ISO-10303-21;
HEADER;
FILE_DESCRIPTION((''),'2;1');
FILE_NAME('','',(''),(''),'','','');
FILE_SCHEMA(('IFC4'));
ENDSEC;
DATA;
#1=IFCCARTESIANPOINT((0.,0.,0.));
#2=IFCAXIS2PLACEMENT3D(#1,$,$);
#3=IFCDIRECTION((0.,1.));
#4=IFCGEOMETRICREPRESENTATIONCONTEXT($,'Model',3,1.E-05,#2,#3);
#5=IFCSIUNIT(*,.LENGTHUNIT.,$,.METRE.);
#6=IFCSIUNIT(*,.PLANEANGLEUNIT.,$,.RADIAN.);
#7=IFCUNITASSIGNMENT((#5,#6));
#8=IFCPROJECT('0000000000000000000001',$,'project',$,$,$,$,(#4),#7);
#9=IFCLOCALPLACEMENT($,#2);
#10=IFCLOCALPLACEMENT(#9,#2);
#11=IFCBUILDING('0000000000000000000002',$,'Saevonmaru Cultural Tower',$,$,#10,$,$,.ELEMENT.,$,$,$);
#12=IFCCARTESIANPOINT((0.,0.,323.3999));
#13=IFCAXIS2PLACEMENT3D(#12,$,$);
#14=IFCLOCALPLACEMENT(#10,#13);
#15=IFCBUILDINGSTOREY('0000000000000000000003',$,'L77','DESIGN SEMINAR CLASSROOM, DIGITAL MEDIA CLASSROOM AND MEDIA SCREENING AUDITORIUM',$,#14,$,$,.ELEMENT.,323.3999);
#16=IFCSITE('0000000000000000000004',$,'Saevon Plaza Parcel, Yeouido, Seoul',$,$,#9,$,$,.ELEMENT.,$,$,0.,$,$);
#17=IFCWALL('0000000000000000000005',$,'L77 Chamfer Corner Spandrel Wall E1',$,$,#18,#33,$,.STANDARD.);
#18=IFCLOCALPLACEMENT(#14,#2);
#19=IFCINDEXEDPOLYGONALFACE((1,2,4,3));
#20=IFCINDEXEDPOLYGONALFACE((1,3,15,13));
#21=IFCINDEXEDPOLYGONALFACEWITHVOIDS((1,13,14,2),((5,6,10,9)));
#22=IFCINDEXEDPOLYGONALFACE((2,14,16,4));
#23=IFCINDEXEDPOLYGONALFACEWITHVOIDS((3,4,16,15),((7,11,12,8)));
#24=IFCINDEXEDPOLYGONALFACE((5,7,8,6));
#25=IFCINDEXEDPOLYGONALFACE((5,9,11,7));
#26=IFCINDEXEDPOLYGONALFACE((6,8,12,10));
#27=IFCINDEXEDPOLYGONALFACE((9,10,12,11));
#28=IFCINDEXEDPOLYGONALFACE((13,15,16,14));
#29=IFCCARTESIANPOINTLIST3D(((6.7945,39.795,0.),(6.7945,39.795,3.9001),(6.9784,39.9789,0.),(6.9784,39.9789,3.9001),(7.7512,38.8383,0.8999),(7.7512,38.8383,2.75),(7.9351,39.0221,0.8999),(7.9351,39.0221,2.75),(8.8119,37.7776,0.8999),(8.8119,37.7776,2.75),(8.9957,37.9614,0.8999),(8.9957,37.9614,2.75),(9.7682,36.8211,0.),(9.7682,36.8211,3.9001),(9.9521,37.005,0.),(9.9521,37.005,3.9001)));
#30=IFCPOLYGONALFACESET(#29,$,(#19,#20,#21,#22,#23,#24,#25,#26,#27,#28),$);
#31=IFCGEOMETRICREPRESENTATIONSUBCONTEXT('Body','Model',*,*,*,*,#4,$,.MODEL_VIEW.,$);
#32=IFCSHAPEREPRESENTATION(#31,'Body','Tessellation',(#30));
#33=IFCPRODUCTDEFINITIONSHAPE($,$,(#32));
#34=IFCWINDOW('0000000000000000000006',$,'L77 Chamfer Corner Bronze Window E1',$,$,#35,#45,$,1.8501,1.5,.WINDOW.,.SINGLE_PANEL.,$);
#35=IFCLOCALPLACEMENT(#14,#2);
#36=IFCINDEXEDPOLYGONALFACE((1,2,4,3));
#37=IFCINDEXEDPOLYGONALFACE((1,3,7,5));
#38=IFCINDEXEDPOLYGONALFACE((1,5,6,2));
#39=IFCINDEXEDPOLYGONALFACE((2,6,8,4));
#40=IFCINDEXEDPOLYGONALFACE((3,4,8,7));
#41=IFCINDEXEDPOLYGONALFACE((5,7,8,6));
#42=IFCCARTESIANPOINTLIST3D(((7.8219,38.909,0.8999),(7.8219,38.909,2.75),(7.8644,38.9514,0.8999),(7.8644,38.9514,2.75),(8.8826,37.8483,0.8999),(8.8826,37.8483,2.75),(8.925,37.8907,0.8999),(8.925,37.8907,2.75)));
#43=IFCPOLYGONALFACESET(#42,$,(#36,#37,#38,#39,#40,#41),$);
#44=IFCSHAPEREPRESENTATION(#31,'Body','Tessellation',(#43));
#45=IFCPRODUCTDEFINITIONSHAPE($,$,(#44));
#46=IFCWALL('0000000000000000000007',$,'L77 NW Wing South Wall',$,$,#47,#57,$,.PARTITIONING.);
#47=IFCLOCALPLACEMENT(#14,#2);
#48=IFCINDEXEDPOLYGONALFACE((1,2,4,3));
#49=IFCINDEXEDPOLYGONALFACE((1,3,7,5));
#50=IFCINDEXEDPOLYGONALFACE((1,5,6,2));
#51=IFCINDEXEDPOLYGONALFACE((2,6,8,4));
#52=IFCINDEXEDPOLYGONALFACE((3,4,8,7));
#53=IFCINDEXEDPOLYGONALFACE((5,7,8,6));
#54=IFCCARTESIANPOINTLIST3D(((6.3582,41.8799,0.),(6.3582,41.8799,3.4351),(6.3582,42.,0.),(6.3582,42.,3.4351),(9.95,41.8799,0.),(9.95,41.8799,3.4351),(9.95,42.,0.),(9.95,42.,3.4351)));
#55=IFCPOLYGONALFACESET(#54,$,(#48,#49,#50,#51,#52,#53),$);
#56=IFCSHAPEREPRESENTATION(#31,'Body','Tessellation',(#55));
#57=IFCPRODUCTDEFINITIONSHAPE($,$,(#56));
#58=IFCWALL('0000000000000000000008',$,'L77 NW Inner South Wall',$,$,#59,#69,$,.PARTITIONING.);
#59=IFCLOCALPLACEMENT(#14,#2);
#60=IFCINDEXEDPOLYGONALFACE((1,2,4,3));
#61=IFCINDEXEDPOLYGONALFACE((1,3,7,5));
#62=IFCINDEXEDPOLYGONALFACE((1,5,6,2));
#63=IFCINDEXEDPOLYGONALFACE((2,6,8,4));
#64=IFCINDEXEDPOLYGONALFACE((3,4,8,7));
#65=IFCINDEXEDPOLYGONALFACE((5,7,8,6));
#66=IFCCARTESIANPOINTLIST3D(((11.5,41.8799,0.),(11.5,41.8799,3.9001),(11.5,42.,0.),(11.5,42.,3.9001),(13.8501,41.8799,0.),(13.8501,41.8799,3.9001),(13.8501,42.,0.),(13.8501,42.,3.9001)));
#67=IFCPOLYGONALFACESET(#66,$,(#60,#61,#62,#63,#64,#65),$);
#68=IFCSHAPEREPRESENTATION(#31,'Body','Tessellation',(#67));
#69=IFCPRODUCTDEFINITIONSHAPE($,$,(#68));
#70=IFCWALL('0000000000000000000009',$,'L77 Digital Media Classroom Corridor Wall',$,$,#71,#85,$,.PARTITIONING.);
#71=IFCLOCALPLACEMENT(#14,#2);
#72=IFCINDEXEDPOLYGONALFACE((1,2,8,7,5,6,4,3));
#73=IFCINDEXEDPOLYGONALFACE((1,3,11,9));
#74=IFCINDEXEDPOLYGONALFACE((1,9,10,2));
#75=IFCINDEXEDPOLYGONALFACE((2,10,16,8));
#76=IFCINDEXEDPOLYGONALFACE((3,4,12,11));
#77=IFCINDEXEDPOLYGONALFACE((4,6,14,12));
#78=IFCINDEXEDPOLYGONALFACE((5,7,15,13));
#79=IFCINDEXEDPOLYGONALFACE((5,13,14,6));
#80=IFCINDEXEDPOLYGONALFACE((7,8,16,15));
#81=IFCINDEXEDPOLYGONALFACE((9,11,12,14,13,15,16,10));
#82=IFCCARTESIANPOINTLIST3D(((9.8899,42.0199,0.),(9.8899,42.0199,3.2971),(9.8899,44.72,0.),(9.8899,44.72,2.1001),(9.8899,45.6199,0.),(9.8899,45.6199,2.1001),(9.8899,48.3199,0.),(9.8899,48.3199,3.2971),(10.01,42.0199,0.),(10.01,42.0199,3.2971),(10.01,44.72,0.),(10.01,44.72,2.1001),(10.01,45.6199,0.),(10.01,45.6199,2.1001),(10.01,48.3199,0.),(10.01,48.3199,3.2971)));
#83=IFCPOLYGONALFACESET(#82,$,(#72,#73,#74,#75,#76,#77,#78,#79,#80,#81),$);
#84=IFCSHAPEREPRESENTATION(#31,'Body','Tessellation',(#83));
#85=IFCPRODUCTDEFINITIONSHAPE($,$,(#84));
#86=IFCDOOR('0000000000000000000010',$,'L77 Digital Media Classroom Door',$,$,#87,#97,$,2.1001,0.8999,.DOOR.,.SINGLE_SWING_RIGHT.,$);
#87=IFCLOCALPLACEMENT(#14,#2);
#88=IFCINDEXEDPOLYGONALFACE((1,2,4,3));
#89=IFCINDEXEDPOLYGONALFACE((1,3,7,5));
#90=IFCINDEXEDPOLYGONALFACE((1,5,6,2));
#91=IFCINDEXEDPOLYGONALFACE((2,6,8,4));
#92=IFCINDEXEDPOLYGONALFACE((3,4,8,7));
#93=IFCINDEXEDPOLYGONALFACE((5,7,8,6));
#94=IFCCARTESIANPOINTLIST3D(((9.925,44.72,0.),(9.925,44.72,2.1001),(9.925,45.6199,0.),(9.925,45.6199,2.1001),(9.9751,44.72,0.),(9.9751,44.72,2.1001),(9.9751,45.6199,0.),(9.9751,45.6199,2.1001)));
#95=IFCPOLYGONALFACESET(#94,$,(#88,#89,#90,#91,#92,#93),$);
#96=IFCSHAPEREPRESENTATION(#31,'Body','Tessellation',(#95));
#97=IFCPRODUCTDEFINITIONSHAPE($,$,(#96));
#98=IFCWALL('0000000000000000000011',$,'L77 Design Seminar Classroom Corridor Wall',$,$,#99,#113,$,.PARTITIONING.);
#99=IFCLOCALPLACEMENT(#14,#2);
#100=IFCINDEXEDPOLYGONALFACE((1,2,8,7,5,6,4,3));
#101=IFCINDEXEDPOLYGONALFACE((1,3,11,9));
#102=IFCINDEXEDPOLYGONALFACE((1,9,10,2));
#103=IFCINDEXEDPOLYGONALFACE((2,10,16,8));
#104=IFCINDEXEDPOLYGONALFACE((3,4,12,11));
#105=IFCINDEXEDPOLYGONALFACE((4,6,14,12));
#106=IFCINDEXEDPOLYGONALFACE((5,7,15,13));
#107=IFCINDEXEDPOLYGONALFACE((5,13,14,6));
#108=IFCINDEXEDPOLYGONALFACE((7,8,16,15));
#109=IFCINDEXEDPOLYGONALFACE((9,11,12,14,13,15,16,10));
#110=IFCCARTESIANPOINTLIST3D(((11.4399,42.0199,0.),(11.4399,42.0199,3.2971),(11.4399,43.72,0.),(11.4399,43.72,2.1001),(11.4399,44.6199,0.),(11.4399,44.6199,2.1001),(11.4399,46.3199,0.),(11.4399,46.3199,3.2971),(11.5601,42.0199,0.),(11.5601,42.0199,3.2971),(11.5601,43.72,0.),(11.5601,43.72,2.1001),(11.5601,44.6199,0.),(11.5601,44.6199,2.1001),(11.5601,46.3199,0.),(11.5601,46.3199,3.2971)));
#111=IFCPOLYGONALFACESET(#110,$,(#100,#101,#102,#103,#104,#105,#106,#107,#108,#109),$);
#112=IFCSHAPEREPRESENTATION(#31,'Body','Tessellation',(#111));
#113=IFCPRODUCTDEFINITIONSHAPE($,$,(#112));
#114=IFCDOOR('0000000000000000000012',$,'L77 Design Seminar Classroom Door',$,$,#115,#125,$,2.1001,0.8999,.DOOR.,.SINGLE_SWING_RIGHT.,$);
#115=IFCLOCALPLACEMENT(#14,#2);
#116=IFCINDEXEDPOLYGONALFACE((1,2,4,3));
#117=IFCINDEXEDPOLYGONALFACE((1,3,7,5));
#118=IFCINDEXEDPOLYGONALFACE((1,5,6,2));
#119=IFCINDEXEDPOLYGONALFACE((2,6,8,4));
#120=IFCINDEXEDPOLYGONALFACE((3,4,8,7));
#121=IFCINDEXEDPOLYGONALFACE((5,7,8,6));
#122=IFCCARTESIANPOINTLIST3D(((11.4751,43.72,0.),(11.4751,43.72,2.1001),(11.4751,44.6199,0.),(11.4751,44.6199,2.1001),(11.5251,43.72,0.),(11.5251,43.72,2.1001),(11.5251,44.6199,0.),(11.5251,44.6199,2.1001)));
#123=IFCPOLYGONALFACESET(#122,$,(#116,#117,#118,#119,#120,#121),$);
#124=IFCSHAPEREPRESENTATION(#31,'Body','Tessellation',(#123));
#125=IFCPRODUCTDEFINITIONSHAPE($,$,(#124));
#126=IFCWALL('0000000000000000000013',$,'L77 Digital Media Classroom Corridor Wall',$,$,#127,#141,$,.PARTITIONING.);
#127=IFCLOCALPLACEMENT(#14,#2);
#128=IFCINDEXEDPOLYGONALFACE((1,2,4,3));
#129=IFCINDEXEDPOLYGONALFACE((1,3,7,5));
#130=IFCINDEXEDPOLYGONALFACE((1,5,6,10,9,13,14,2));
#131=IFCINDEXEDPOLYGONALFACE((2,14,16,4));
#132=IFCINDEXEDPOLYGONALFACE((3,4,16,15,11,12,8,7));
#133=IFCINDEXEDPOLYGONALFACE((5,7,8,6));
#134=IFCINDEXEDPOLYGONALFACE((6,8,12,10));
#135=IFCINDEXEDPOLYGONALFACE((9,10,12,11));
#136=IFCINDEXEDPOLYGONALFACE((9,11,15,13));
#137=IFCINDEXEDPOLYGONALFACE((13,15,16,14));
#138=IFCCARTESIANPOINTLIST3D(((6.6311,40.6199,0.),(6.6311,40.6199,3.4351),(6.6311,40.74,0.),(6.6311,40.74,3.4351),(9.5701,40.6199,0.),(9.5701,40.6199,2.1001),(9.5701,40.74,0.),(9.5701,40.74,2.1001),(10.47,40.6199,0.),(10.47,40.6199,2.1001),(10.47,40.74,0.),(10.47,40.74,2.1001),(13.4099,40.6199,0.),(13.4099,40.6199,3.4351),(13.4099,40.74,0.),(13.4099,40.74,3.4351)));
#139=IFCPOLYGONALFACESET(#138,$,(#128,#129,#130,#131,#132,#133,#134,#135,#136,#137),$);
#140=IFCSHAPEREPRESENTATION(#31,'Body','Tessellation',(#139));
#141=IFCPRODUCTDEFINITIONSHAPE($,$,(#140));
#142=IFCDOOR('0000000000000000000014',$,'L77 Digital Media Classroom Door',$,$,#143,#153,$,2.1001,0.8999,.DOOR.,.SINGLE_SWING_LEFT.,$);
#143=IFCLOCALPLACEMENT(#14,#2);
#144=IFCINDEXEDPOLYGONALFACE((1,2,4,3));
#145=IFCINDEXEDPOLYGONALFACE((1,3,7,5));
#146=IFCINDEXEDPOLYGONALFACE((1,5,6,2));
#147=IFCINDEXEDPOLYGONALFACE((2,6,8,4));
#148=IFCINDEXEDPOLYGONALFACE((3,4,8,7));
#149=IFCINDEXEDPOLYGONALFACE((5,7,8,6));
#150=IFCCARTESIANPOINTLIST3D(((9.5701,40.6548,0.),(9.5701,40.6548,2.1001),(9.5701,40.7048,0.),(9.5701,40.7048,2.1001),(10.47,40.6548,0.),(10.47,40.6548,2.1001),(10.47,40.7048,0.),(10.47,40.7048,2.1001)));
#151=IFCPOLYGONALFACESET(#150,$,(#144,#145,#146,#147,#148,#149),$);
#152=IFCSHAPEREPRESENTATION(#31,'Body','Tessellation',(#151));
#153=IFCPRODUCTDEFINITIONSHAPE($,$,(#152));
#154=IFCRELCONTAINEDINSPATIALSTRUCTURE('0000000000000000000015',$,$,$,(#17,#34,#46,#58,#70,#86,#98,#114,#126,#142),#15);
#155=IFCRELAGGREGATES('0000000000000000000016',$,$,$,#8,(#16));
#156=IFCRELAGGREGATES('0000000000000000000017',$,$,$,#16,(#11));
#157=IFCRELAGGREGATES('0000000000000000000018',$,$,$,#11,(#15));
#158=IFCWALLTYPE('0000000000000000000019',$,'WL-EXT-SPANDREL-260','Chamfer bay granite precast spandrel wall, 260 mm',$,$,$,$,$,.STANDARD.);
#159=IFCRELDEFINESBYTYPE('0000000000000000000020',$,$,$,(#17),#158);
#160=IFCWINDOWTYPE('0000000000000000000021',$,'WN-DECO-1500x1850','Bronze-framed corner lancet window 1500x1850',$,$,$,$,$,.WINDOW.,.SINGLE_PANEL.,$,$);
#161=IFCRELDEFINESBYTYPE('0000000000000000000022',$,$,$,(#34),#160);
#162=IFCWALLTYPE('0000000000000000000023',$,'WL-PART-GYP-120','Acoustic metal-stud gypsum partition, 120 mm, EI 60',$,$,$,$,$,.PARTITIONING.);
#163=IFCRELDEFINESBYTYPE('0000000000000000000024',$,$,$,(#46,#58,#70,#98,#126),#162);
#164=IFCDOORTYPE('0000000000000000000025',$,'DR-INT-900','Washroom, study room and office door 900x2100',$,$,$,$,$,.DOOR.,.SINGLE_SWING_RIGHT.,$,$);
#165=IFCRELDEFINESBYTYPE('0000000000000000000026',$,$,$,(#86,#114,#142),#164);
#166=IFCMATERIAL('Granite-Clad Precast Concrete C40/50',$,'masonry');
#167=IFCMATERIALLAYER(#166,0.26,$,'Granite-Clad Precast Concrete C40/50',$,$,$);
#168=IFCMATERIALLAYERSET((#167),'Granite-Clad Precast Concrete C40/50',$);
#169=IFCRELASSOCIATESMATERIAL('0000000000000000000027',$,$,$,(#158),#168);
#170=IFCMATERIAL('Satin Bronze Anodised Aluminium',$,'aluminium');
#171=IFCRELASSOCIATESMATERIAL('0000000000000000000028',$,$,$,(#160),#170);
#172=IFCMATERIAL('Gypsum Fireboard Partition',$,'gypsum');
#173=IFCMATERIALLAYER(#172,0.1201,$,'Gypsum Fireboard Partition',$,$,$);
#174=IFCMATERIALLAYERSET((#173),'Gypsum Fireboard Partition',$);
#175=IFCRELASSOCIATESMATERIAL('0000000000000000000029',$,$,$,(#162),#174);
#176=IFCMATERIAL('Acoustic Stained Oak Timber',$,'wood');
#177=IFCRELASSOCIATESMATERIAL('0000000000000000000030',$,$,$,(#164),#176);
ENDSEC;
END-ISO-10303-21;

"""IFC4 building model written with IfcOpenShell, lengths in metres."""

from ifc_helpers import new_model, si_unit, direction, frame, frame_2d, origin, place, context, subcontext, project, spatial, rectangle, extrude, material, layer, layer_set, type_object, element, fill, save


model = new_model("IFC4")

# Units and contexts
model_context = context("Model", 3, precision=1e-05, world=origin(), true_north=direction((0.0, 1.0)))
body_context = subcontext(model_context, "Body", "Model", "MODEL_VIEW")
ifc_project = project(units=[si_unit("LENGTHUNIT", "METRE"), si_unit("PLANEANGLEUNIT", "RADIAN")], contexts=[model_context])

# Site, building, storey
site_placement = place(None, origin())
site = spatial("IfcSite", under=ifc_project, at=site_placement, Name="Saevon Plaza Parcel, Yeouido, Seoul", CompositionType="ELEMENT", RefElevation=0.0)
building_placement = place(site_placement, origin())
building = spatial("IfcBuilding", under=site, at=building_placement, Name="Saevonmaru Cultural Tower", CompositionType="ELEMENT")
storey_placement = place(building_placement, frame((0.0, 0.0, 323.3999)))
storey = spatial("IfcBuildingStorey", under=building, at=storey_placement, Name="L77", Description="DESIGN SEMINAR CLASSROOM, DIGITAL MEDIA CLASSROOM AND MEDIA SCREENING AUDITORIUM", CompositionType="ELEMENT", Elevation=323.3999)

# Shared definitions
ifc_material_1 = material(Name="Satin Bronze Anodised Aluminium", Category="aluminium")

# Wall, opening, window
ifc_material_2 = material(Name="Granite-Clad Precast Concrete C40/50", Category="masonry")
ifc_layer_1 = layer(ifc_material_2, 0.26, Name="Granite-Clad Precast Concrete C40/50")
ifc_layer_set_1 = layer_set([ifc_layer_1], Name="Granite-Clad Precast Concrete C40/50")
wall_type_1 = type_object("IfcWallType", Name="WL-EXT-SPANDREL-260", Description="Chamfer bay granite precast spandrel wall, 260 mm", PredefinedType="STANDARD", material=ifc_layer_set_1)
wall_1_placement = place(storey_placement, frame((6.8865, 39.887, 0.0), z_axis=(0.0, 0.0, 1.0), x_axis=(0.707078, -0.707136, 0.0)))
wall_1 = element("IfcWall", 1, at=wall_1_placement, inside=storey, type_object=wall_type_1, Name="L77 Chamfer Corner Spandrel Wall E1", PredefinedType="STANDARD", context=body_context, shape_type="SweptSolid", body=[
    extrude(rectangle(XDim=4.2056, YDim=0.26, at=frame_2d((2.1028, 0.0))), origin(), (0.0, 0.0, 1.0), 3.9001),
])
opening_1_placement = place(wall_1_placement, frame((1.353, 0.0, 0.8999)))
opening_1 = element("IfcOpeningElement", 2, at=opening_1_placement, cuts=wall_1, PredefinedType="OPENING", context=body_context, shape_type="SweptSolid", body=[
    extrude(rectangle(XDim=1.5, YDim=1.8501, at=frame_2d((0.75, 0.925))), frame((0.0, 0.1401, 0.0), z_axis=(0.0, -1.0, 0.0), x_axis=(1.0, 0.0, 0.0)), (0.0, 0.0, 1.0), 0.28),
])
window_type = type_object("IfcWindowType", Name="WN-DECO-1500x1850", Description="Bronze-framed corner lancet window 1500x1850", PartitioningType="SINGLE_PANEL", PredefinedType="WINDOW", material=ifc_material_1)
window_placement = place(opening_1_placement, origin())
window = element("IfcWindow", 3, at=window_placement, inside=storey, type_object=window_type, Name="L77 Chamfer Corner Bronze Window E1", OverallHeight=1.8501, OverallWidth=1.5, PartitioningType="SINGLE_PANEL", PredefinedType="WINDOW", context=body_context, shape_type="SweptSolid", body=[
    extrude(rectangle(XDim=1.5, YDim=1.8501, at=frame_2d((0.75, 0.925))), frame((0.0, 0.03, 0.0), z_axis=(0.0, -1.0, 0.0), x_axis=(1.0, 0.0, 0.0)), (0.0, 0.0, 1.0), 0.0601),
])
fill(opening_1, window)

# Walls
ifc_material_3 = material(Name="Gypsum Fireboard Partition", Category="gypsum")
ifc_layer_2 = layer(ifc_material_3, 0.1201, Name="Gypsum Fireboard Partition")
ifc_layer_set_2 = layer_set([ifc_layer_2], Name="Gypsum Fireboard Partition")
wall_type_2 = type_object("IfcWallType", Name="WL-PART-GYP-120", Description="Acoustic metal-stud gypsum partition, 120 mm, EI 60", PredefinedType="PARTITIONING", material=ifc_layer_set_2)
wall_2_placement = place(storey_placement, frame((6.3582, 41.9399, 0.0), z_axis=(0.0, 0.0, 1.0), x_axis=(1.0, 0.0, 0.0)))
element("IfcWall", 4, at=wall_2_placement, inside=storey, type_object=wall_type_2, Name="L77 NW Wing South Wall", PredefinedType="PARTITIONING", context=body_context, shape_type="SweptSolid", body=[
    extrude(rectangle(XDim=3.5918, YDim=0.1201, at=frame_2d((1.7959, 0.0))), origin(), (0.0, 0.0, 1.0), 3.4351),
])
wall_3_placement = place(storey_placement, frame((11.5, 41.9399, 0.0), z_axis=(0.0, 0.0, 1.0), x_axis=(1.0, 0.0, 0.0)))
element("IfcWall", 5, at=wall_3_placement, inside=storey, type_object=wall_type_2, Name="L77 NW Inner South Wall", PredefinedType="PARTITIONING", context=body_context, shape_type="SweptSolid", body=[
    extrude(rectangle(XDim=2.3501, YDim=0.1201, at=frame_2d((1.175, 0.0))), origin(), (0.0, 0.0, 1.0), 3.9001),
])

# Walls, openings, doors
wall_4_placement = place(storey_placement, frame((9.95, 42.02, 0.0), z_axis=(0.0, 0.0, 1.0), x_axis=(0.0, 1.0, 0.0)))
wall_4 = element("IfcWall", 6, at=wall_4_placement, inside=storey, type_object=wall_type_2, Name="L77 Digital Media Classroom Corridor Wall", PredefinedType="PARTITIONING", context=body_context, shape_type="SweptSolid", body=[
    extrude(rectangle(XDim=6.3, YDim=0.1201, at=frame_2d((3.1499, 0.0))), origin(), (0.0, 0.0, 1.0), 3.2971),
])
opening_2_placement = place(wall_4_placement, frame((2.7, 0.0, 0.0)))
opening_2 = element("IfcOpeningElement", 7, at=opening_2_placement, cuts=wall_4, PredefinedType="OPENING", context=body_context, shape_type="SweptSolid", body=[
    extrude(rectangle(XDim=0.8999, YDim=2.1001, at=frame_2d((0.45, 1.05))), frame((0.0, 0.0701, 0.0), z_axis=(0.0, -1.0, 0.0), x_axis=(1.0, 0.0, 0.0)), (0.0, 0.0, 1.0), 0.1401),
])
ifc_material_4 = material(Name="Acoustic Stained Oak Timber", Category="wood")
door_type = type_object("IfcDoorType", Name="DR-INT-900", Description="Washroom, study room and office door 900x2100", OperationType="SINGLE_SWING_RIGHT", PredefinedType="DOOR", material=ifc_material_4)
door_1_placement = place(opening_2_placement, origin())
door_1 = element("IfcDoor", 8, at=door_1_placement, inside=storey, type_object=door_type, Name="L77 Digital Media Classroom Door", OperationType="SINGLE_SWING_RIGHT", OverallHeight=2.1001, OverallWidth=0.8999, PredefinedType="DOOR", context=body_context, shape_type="SweptSolid", body=[
    extrude(rectangle(XDim=0.8999, YDim=2.1001, at=frame_2d((0.45, 1.05))), frame((0.0, 0.0249, 0.0), z_axis=(0.0, -1.0, 0.0), x_axis=(1.0, 0.0, 0.0)), (0.0, 0.0, 1.0), 0.05),
])
fill(opening_2, door_1)
wall_5_placement = place(storey_placement, frame((11.5, 42.02, 0.0), z_axis=(0.0, 0.0, 1.0), x_axis=(0.0, 1.0, 0.0)))
wall_5 = element("IfcWall", 9, at=wall_5_placement, inside=storey, type_object=wall_type_2, Name="L77 Design Seminar Classroom Corridor Wall", PredefinedType="PARTITIONING", context=body_context, shape_type="SweptSolid", body=[
    extrude(rectangle(XDim=4.3, YDim=0.1201, at=frame_2d((2.1499, 0.0))), origin(), (0.0, 0.0, 1.0), 3.2971),
])
opening_3_placement = place(wall_5_placement, frame((1.7, 0.0, 0.0)))
opening_3 = element("IfcOpeningElement", 10, at=opening_3_placement, cuts=wall_5, PredefinedType="OPENING", context=body_context, shape_type="SweptSolid", body=[
    extrude(rectangle(XDim=0.8999, YDim=2.1001, at=frame_2d((0.45, 1.05))), frame((0.0, 0.0701, 0.0), z_axis=(0.0, -1.0, 0.0), x_axis=(1.0, 0.0, 0.0)), (0.0, 0.0, 1.0), 0.1401),
])
door_2_placement = place(opening_3_placement, origin())
door_2 = element("IfcDoor", 11, at=door_2_placement, inside=storey, type_object=door_type, Name="L77 Design Seminar Classroom Door", OperationType="SINGLE_SWING_RIGHT", OverallHeight=2.1001, OverallWidth=0.8999, PredefinedType="DOOR", context=body_context, shape_type="SweptSolid", body=[
    extrude(rectangle(XDim=0.8999, YDim=2.1001, at=frame_2d((0.45, 1.05))), frame((0.0, 0.0249, 0.0), z_axis=(0.0, -1.0, 0.0), x_axis=(1.0, 0.0, 0.0)), (0.0, 0.0, 1.0), 0.05),
])
fill(opening_3, door_2)
wall_6_placement = place(storey_placement, frame((6.6311, 40.6799, 0.0), z_axis=(0.0, 0.0, 1.0), x_axis=(1.0, 0.0, 0.0)))
wall_6 = element("IfcWall", 12, at=wall_6_placement, inside=storey, type_object=wall_type_2, Name="L77 Digital Media Classroom Corridor Wall", PredefinedType="PARTITIONING", context=body_context, shape_type="SweptSolid", body=[
    extrude(rectangle(XDim=6.7788, YDim=0.1201, at=frame_2d((3.3894, 0.0))), origin(), (0.0, 0.0, 1.0), 3.4351),
])
opening_4_placement = place(wall_6_placement, frame((2.939, 0.0, 0.0)))
opening_4 = element("IfcOpeningElement", 13, at=opening_4_placement, cuts=wall_6, PredefinedType="OPENING", context=body_context, shape_type="SweptSolid", body=[
    extrude(rectangle(XDim=0.8999, YDim=2.1001, at=frame_2d((0.45, 1.05))), frame((0.0, 0.0701, 0.0), z_axis=(0.0, -1.0, 0.0), x_axis=(1.0, 0.0, 0.0)), (0.0, 0.0, 1.0), 0.1401),
])
door_3_placement = place(opening_4_placement, origin())
door_3 = element("IfcDoor", 14, at=door_3_placement, inside=storey, type_object=door_type, Name="L77 Digital Media Classroom Door", OperationType="SINGLE_SWING_LEFT", OverallHeight=2.1001, OverallWidth=0.8999, PredefinedType="DOOR", context=body_context, shape_type="SweptSolid", body=[
    extrude(rectangle(XDim=0.8999, YDim=2.1001, at=frame_2d((0.45, 1.05))), frame((0.0, 0.0249, 0.0), z_axis=(0.0, -1.0, 0.0), x_axis=(1.0, 0.0, 0.0)), (0.0, 0.0, 1.0), 0.05),
])
fill(opening_4, door_3)

save(model, "model.ifc")
